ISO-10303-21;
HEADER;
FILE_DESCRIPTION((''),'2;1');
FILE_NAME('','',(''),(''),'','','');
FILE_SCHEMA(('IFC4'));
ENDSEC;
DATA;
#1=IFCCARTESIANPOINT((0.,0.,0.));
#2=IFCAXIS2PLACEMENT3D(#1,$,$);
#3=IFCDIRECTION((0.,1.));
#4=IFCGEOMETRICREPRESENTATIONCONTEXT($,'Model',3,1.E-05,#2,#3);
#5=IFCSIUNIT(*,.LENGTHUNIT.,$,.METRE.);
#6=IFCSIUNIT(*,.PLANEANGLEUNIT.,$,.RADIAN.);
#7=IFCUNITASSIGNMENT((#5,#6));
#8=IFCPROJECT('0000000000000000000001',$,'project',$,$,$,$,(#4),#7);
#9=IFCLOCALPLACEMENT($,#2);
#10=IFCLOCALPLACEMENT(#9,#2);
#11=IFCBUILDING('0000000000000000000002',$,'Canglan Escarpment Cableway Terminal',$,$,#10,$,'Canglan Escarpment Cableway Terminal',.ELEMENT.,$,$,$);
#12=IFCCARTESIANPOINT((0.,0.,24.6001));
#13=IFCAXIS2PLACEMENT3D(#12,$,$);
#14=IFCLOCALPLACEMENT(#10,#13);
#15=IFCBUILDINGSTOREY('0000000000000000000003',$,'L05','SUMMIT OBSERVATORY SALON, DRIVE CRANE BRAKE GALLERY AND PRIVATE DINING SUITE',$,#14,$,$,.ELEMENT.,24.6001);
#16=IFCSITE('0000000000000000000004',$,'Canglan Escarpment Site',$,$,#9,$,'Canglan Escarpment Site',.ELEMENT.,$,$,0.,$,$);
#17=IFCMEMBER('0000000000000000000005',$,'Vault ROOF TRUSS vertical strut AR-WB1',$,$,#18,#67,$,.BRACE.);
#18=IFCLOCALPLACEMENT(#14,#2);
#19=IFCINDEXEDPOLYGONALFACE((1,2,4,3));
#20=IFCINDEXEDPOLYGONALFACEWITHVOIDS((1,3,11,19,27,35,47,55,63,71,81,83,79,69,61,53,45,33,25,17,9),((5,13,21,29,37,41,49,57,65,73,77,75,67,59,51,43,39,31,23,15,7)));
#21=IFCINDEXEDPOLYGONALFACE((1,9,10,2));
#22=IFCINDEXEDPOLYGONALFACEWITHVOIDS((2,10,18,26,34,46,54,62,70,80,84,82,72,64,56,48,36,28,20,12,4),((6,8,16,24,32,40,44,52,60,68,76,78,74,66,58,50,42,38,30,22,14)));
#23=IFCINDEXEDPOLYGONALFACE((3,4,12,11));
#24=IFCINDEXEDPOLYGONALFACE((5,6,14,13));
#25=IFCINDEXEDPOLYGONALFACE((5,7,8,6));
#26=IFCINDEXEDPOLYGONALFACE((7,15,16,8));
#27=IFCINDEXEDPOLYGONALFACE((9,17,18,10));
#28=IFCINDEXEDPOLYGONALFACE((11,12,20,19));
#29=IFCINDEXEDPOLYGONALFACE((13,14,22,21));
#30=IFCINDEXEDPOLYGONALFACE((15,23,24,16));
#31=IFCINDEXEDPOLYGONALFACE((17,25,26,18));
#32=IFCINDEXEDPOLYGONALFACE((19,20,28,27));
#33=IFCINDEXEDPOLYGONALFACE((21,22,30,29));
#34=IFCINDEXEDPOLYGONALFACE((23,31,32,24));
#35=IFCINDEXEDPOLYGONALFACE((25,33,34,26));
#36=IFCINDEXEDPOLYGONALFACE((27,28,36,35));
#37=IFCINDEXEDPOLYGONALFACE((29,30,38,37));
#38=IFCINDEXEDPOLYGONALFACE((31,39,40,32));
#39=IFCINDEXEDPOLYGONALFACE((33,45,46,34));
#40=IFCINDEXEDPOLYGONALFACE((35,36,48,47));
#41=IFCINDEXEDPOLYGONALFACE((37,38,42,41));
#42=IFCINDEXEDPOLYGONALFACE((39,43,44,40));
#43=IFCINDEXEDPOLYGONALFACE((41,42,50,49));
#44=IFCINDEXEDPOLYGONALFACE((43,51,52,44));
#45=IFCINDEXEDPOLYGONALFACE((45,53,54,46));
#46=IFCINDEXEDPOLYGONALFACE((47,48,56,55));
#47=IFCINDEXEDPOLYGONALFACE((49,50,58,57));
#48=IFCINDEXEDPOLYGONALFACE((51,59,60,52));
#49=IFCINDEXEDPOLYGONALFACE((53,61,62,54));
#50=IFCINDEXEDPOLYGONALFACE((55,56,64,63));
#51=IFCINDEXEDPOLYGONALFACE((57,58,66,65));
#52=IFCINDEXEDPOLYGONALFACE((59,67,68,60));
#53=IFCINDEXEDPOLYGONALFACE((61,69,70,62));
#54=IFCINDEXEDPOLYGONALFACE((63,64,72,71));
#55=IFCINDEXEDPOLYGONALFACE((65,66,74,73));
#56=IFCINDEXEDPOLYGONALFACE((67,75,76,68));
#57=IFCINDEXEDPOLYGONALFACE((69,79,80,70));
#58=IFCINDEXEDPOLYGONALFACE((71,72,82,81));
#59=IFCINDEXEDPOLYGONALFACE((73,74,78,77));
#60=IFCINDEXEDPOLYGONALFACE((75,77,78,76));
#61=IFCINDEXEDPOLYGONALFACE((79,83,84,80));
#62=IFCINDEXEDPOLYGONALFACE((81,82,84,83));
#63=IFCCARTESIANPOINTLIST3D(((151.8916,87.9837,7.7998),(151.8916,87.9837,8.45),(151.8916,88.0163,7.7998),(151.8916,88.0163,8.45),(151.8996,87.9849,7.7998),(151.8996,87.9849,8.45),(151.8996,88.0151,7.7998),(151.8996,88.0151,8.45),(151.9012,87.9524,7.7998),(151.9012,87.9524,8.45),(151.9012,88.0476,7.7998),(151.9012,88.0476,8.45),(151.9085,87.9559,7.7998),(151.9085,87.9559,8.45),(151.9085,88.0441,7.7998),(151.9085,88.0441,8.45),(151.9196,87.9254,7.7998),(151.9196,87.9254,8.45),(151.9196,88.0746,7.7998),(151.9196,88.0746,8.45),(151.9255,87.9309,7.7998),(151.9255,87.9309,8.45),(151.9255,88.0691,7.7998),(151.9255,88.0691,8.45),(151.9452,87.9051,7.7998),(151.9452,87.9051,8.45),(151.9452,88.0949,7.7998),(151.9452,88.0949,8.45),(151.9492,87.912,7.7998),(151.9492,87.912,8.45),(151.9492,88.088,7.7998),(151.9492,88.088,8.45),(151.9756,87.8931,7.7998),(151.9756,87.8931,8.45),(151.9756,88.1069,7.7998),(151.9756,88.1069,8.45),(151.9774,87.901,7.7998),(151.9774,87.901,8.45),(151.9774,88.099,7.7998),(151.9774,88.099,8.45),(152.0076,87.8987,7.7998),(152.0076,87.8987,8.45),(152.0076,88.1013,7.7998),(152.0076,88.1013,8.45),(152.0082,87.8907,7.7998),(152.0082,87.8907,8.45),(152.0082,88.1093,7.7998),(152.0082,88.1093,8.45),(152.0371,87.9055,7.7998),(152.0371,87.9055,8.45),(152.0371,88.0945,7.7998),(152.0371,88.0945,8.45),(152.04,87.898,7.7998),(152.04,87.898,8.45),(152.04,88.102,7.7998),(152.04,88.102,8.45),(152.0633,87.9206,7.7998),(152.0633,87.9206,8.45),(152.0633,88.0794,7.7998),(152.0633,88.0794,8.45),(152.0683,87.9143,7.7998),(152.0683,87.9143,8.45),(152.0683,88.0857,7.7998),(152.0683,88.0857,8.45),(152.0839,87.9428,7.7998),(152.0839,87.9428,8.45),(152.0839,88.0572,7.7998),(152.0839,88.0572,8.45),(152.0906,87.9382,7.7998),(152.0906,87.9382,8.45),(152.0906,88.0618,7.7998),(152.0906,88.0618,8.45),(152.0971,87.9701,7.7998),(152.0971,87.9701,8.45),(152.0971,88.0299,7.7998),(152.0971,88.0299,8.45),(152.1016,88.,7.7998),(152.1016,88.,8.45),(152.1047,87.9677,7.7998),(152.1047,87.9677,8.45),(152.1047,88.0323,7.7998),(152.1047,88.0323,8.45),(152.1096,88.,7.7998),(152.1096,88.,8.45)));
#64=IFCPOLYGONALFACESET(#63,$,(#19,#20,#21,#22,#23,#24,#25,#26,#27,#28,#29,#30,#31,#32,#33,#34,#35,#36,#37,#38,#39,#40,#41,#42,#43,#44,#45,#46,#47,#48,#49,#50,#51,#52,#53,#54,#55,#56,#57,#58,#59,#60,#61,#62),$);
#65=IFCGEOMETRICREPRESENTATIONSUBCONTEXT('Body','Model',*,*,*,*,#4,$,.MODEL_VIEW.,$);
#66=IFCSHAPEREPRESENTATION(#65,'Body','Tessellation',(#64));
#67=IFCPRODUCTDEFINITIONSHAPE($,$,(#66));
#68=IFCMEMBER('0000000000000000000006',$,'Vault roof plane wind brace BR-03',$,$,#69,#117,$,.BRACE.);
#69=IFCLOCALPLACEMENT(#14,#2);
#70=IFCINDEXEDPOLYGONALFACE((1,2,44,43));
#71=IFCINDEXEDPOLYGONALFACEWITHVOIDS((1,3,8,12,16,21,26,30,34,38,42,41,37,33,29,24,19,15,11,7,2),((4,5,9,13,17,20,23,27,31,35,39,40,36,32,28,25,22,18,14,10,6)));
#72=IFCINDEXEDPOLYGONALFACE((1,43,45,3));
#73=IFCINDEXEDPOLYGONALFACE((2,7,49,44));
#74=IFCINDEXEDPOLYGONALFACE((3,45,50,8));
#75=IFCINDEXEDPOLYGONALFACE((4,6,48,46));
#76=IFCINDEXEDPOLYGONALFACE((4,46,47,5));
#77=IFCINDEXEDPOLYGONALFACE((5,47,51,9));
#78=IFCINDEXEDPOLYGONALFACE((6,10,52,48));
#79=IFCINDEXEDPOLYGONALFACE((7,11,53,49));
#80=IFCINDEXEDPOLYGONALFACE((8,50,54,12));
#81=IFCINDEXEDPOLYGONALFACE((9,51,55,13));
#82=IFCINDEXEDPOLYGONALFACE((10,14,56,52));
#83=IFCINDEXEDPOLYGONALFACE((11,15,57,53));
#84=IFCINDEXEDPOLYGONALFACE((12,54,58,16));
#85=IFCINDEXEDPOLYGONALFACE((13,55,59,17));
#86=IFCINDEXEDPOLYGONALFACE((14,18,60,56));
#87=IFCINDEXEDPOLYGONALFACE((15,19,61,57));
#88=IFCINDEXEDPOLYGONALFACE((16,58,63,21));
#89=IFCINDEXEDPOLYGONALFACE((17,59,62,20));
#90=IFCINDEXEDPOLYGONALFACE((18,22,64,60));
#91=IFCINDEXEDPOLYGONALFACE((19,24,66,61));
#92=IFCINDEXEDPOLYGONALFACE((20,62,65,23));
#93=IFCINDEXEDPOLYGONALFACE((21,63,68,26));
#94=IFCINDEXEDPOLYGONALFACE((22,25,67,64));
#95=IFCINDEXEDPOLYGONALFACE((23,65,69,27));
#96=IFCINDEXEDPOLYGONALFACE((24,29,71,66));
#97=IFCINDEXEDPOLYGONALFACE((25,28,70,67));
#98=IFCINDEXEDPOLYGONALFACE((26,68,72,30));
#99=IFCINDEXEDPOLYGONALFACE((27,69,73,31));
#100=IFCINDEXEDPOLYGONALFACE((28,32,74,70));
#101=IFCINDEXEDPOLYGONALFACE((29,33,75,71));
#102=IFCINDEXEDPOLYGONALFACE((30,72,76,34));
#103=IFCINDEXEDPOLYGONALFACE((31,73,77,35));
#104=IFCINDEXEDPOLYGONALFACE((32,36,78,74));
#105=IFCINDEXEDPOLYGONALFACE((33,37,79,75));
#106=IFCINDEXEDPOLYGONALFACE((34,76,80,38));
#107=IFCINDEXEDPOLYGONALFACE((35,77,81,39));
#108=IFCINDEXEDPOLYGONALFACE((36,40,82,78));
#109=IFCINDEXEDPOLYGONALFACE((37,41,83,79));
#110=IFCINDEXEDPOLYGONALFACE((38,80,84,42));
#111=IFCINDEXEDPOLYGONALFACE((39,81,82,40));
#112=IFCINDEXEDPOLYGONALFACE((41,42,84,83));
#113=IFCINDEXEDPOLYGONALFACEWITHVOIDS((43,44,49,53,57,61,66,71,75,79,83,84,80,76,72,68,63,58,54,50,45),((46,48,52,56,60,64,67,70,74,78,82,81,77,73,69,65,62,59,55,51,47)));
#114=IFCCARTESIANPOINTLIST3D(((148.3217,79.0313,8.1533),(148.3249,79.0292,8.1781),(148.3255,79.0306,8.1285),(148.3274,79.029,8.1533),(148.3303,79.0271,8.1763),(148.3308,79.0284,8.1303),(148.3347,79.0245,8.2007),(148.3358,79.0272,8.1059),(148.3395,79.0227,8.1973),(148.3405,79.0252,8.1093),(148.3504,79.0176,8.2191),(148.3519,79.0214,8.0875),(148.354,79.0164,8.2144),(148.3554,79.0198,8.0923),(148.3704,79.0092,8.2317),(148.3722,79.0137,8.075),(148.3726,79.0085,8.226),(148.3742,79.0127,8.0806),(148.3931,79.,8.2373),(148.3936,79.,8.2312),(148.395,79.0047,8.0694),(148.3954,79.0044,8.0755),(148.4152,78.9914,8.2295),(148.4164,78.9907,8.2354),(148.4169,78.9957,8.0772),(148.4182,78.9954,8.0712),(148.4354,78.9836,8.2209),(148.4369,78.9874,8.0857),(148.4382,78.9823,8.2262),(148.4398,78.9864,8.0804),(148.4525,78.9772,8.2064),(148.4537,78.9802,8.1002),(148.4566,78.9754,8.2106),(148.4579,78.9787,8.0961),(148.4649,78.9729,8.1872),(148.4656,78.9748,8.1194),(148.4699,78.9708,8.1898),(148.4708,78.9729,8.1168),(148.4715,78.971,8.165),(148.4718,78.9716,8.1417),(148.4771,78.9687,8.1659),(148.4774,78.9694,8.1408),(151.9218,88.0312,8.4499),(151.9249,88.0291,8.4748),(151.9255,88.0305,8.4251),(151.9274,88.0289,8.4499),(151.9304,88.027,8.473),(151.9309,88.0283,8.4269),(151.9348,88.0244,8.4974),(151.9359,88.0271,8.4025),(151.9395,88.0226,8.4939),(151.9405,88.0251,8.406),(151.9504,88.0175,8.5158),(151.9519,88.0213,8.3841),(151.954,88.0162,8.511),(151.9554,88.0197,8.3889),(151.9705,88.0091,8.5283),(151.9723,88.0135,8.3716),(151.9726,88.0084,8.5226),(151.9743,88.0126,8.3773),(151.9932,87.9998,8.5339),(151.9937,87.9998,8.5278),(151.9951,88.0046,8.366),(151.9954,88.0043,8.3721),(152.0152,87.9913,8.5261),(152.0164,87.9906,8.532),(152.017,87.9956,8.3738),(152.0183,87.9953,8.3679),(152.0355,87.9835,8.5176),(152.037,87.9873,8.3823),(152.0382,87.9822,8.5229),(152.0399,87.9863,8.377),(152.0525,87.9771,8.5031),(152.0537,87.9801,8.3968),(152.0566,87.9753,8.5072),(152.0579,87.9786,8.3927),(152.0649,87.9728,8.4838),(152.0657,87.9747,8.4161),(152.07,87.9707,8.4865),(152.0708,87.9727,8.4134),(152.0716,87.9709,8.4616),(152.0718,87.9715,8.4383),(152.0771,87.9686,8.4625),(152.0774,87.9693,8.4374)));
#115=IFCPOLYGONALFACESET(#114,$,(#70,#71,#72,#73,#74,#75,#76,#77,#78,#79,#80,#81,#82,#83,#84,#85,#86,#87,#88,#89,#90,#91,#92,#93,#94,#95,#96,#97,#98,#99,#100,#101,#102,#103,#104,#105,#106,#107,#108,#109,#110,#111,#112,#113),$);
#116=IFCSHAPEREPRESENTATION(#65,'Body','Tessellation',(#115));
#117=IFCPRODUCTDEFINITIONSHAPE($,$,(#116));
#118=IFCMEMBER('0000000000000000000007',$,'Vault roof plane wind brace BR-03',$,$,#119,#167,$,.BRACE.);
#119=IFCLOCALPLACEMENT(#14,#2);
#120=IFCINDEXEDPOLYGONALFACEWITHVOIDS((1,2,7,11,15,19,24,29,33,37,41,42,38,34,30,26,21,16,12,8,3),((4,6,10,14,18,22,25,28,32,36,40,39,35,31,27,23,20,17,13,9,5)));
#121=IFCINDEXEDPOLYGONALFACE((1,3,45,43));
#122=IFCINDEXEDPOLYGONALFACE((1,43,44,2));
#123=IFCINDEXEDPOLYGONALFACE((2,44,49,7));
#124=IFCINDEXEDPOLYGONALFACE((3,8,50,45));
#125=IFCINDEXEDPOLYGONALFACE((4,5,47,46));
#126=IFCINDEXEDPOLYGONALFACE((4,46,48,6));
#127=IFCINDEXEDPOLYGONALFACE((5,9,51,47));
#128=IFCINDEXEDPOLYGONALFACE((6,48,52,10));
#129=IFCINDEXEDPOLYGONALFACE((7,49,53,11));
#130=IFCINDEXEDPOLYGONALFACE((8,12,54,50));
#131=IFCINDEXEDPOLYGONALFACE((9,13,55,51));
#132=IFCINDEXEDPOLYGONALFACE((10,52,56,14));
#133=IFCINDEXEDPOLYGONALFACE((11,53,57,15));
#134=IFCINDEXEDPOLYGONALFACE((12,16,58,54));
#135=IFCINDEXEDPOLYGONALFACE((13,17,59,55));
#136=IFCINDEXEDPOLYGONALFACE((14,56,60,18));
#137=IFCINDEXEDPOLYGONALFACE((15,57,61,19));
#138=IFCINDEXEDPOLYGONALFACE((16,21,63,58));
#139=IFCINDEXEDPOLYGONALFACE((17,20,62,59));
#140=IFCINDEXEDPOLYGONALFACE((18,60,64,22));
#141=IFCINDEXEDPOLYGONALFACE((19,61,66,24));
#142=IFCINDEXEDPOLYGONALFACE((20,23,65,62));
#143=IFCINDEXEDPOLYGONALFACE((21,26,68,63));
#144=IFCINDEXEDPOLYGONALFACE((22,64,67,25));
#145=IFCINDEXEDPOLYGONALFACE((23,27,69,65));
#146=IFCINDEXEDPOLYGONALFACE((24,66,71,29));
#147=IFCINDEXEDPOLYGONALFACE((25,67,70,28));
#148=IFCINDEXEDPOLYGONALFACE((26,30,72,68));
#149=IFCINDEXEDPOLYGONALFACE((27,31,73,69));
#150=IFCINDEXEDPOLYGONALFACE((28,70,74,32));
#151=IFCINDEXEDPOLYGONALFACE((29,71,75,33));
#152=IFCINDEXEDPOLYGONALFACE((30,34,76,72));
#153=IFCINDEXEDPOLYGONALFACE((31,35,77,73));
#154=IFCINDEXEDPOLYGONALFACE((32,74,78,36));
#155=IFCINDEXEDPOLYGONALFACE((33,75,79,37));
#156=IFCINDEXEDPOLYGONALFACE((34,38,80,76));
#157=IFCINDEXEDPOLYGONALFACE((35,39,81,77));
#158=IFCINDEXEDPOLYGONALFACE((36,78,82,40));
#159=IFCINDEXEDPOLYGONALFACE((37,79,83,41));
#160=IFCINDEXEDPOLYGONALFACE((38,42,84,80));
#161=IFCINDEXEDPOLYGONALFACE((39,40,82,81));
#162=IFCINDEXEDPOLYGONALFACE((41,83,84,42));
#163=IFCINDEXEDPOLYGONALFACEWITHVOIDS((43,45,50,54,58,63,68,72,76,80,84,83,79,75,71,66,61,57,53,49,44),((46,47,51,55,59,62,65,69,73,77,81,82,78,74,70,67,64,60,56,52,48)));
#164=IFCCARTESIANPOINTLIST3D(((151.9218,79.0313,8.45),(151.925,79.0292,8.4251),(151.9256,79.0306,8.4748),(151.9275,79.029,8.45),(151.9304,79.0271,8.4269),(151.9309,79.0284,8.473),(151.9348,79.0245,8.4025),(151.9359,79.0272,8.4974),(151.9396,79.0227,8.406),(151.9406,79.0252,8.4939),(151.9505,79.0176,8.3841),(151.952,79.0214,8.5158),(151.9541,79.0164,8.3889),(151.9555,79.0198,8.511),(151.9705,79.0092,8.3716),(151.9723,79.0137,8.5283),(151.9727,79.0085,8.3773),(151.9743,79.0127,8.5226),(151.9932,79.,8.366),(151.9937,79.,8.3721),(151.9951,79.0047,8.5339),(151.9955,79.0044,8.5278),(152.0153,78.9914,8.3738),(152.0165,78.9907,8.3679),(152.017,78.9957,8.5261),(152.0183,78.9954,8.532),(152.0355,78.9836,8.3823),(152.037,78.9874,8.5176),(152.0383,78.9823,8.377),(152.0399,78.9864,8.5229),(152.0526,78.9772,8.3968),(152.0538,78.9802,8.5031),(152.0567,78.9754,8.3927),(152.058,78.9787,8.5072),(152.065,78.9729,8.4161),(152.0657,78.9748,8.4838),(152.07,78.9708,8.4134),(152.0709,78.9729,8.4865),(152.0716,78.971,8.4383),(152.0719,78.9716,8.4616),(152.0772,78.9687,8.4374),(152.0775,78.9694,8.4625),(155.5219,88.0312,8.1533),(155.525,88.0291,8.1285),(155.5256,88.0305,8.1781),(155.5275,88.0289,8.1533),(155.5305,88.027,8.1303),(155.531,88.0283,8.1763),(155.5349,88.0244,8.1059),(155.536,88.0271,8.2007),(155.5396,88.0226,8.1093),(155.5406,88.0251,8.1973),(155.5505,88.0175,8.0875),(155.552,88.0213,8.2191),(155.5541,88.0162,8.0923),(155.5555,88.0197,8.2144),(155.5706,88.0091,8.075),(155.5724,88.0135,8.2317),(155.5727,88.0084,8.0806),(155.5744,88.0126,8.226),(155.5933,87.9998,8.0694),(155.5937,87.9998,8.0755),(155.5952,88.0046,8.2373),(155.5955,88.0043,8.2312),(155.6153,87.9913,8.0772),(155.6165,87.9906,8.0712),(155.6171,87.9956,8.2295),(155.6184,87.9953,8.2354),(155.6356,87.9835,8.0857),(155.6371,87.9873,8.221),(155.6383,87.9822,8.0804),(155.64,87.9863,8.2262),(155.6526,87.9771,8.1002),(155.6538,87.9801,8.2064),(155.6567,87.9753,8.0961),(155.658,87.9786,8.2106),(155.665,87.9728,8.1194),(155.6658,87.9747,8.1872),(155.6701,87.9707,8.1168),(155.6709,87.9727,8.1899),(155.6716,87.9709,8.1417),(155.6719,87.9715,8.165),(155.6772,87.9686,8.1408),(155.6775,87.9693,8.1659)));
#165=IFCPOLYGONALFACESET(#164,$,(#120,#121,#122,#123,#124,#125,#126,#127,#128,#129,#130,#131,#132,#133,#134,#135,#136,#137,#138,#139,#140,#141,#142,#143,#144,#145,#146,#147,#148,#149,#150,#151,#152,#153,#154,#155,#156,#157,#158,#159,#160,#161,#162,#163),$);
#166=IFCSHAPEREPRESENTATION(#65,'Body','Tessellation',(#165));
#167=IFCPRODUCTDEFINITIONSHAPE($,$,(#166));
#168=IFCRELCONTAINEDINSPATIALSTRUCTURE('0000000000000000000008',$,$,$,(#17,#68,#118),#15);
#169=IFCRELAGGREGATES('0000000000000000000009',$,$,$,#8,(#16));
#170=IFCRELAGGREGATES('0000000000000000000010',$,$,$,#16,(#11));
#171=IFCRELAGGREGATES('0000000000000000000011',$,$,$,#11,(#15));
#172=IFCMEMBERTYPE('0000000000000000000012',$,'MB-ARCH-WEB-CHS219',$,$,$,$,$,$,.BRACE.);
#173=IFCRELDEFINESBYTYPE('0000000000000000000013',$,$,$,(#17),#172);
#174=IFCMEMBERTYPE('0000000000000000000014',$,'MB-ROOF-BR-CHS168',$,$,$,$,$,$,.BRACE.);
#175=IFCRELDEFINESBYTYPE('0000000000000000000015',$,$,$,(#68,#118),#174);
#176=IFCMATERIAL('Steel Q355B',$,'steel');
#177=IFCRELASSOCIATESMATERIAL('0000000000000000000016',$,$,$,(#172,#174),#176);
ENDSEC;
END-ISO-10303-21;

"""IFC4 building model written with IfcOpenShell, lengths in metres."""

from ifc_helpers import new_model, si_unit, direction, frame, origin, origin_2d, place, context, subcontext, project, spatial, hollow_circle, extrude, material, material_profile, profile_set, type_object, element, save


model = new_model("IFC4")

# Units and contexts
model_context = context("Model", 3, precision=1e-05, world=origin(), true_north=direction((0.0, 1.0)))
body_context = subcontext(model_context, "Body", "Model", "MODEL_VIEW")
ifc_project = project(units=[si_unit("LENGTHUNIT", "METRE"), si_unit("PLANEANGLEUNIT", "RADIAN")], contexts=[model_context])

# Site, building, storey
site_placement = place(None, origin())
site = spatial("IfcSite", under=ifc_project, at=site_placement, Name="Canglan Escarpment Site", LongName="Canglan Escarpment Site", CompositionType="ELEMENT", RefElevation=0.0)
building_placement = place(site_placement, origin())
building = spatial("IfcBuilding", under=site, at=building_placement, Name="Canglan Escarpment Cableway Terminal", LongName="Canglan Escarpment Cableway Terminal", CompositionType="ELEMENT")
storey_placement = place(building_placement, frame((0.0, 0.0, 24.6001)))
storey = spatial("IfcBuildingStorey", under=building, at=storey_placement, Name="L05", Description="SUMMIT OBSERVATORY SALON, DRIVE CRANE BRAKE GALLERY AND PRIVATE DINING SUITE", CompositionType="ELEMENT", Elevation=24.6001)

# Shared definitions
ifc_material = material(Name="Steel Q355B", Category="steel")

# Members
ifc_material_profile_1 = material_profile(ifc_material, hollow_circle(Radius=0.1096, WallThickness=0.0081, at=origin_2d()), Name="CHS 219.1x8")
ifc_profile_set_1 = profile_set([ifc_material_profile_1], Name="Steel Q355B")
member_type_1 = type_object("IfcMemberType", Name="MB-ARCH-WEB-CHS219", PredefinedType="BRACE", material=ifc_profile_set_1)
member_1_placement = place(storey_placement, frame((152.0, 88.0, 7.7998), z_axis=(0.0, 0.0, 1.0), x_axis=(1.0, 0.0, 0.0)))
element("IfcMember", 1, at=member_1_placement, inside=storey, type_object=member_type_1, Name="Vault ROOF TRUSS vertical strut AR-WB1", PredefinedType="BRACE", context=body_context, shape_type="SweptSolid", body=[
    extrude(hollow_circle(Radius=0.1096, WallThickness=0.0081, at=origin_2d()), origin(), (0.0, 0.0, 1.0), 0.6501),
])
ifc_material_profile_2 = material_profile(ifc_material, hollow_circle(Radius=0.0842, WallThickness=0.0061, at=origin_2d()), Name="CHS 168.3x6")
ifc_profile_set_2 = profile_set([ifc_material_profile_2], Name="Steel Q355B")
member_type_2 = type_object("IfcMemberType", Name="MB-ROOF-BR-CHS168", PredefinedType="BRACE", material=ifc_profile_set_2)
for number, where, z_axis, x_axis, name in (
    (2, (148.3999, 79.0, 8.1533), (0.371226, 0.928039, 0.030587), (-0.928473, 0.371399, 0.0), "Vault roof plane wind brace BR-03"),
    (3, (152.0, 79.0, 8.45), (0.371226, 0.928039, -0.030587), (-0.928473, 0.371399, 0.0), "Vault roof plane wind brace BR-03"),
):
    element("IfcMember", number, at=place(storey_placement, frame(where, z_axis=z_axis, x_axis=x_axis)), inside=storey, type_object=member_type_2, Name=name, PredefinedType="BRACE", context=body_context, shape_type="SweptSolid", body=[
        extrude(hollow_circle(Radius=0.0842, WallThickness=0.0061, at=origin_2d()), origin(), (0.0, 0.0, 1.0), 9.6978),
    ])

save(model, "model.ifc")
